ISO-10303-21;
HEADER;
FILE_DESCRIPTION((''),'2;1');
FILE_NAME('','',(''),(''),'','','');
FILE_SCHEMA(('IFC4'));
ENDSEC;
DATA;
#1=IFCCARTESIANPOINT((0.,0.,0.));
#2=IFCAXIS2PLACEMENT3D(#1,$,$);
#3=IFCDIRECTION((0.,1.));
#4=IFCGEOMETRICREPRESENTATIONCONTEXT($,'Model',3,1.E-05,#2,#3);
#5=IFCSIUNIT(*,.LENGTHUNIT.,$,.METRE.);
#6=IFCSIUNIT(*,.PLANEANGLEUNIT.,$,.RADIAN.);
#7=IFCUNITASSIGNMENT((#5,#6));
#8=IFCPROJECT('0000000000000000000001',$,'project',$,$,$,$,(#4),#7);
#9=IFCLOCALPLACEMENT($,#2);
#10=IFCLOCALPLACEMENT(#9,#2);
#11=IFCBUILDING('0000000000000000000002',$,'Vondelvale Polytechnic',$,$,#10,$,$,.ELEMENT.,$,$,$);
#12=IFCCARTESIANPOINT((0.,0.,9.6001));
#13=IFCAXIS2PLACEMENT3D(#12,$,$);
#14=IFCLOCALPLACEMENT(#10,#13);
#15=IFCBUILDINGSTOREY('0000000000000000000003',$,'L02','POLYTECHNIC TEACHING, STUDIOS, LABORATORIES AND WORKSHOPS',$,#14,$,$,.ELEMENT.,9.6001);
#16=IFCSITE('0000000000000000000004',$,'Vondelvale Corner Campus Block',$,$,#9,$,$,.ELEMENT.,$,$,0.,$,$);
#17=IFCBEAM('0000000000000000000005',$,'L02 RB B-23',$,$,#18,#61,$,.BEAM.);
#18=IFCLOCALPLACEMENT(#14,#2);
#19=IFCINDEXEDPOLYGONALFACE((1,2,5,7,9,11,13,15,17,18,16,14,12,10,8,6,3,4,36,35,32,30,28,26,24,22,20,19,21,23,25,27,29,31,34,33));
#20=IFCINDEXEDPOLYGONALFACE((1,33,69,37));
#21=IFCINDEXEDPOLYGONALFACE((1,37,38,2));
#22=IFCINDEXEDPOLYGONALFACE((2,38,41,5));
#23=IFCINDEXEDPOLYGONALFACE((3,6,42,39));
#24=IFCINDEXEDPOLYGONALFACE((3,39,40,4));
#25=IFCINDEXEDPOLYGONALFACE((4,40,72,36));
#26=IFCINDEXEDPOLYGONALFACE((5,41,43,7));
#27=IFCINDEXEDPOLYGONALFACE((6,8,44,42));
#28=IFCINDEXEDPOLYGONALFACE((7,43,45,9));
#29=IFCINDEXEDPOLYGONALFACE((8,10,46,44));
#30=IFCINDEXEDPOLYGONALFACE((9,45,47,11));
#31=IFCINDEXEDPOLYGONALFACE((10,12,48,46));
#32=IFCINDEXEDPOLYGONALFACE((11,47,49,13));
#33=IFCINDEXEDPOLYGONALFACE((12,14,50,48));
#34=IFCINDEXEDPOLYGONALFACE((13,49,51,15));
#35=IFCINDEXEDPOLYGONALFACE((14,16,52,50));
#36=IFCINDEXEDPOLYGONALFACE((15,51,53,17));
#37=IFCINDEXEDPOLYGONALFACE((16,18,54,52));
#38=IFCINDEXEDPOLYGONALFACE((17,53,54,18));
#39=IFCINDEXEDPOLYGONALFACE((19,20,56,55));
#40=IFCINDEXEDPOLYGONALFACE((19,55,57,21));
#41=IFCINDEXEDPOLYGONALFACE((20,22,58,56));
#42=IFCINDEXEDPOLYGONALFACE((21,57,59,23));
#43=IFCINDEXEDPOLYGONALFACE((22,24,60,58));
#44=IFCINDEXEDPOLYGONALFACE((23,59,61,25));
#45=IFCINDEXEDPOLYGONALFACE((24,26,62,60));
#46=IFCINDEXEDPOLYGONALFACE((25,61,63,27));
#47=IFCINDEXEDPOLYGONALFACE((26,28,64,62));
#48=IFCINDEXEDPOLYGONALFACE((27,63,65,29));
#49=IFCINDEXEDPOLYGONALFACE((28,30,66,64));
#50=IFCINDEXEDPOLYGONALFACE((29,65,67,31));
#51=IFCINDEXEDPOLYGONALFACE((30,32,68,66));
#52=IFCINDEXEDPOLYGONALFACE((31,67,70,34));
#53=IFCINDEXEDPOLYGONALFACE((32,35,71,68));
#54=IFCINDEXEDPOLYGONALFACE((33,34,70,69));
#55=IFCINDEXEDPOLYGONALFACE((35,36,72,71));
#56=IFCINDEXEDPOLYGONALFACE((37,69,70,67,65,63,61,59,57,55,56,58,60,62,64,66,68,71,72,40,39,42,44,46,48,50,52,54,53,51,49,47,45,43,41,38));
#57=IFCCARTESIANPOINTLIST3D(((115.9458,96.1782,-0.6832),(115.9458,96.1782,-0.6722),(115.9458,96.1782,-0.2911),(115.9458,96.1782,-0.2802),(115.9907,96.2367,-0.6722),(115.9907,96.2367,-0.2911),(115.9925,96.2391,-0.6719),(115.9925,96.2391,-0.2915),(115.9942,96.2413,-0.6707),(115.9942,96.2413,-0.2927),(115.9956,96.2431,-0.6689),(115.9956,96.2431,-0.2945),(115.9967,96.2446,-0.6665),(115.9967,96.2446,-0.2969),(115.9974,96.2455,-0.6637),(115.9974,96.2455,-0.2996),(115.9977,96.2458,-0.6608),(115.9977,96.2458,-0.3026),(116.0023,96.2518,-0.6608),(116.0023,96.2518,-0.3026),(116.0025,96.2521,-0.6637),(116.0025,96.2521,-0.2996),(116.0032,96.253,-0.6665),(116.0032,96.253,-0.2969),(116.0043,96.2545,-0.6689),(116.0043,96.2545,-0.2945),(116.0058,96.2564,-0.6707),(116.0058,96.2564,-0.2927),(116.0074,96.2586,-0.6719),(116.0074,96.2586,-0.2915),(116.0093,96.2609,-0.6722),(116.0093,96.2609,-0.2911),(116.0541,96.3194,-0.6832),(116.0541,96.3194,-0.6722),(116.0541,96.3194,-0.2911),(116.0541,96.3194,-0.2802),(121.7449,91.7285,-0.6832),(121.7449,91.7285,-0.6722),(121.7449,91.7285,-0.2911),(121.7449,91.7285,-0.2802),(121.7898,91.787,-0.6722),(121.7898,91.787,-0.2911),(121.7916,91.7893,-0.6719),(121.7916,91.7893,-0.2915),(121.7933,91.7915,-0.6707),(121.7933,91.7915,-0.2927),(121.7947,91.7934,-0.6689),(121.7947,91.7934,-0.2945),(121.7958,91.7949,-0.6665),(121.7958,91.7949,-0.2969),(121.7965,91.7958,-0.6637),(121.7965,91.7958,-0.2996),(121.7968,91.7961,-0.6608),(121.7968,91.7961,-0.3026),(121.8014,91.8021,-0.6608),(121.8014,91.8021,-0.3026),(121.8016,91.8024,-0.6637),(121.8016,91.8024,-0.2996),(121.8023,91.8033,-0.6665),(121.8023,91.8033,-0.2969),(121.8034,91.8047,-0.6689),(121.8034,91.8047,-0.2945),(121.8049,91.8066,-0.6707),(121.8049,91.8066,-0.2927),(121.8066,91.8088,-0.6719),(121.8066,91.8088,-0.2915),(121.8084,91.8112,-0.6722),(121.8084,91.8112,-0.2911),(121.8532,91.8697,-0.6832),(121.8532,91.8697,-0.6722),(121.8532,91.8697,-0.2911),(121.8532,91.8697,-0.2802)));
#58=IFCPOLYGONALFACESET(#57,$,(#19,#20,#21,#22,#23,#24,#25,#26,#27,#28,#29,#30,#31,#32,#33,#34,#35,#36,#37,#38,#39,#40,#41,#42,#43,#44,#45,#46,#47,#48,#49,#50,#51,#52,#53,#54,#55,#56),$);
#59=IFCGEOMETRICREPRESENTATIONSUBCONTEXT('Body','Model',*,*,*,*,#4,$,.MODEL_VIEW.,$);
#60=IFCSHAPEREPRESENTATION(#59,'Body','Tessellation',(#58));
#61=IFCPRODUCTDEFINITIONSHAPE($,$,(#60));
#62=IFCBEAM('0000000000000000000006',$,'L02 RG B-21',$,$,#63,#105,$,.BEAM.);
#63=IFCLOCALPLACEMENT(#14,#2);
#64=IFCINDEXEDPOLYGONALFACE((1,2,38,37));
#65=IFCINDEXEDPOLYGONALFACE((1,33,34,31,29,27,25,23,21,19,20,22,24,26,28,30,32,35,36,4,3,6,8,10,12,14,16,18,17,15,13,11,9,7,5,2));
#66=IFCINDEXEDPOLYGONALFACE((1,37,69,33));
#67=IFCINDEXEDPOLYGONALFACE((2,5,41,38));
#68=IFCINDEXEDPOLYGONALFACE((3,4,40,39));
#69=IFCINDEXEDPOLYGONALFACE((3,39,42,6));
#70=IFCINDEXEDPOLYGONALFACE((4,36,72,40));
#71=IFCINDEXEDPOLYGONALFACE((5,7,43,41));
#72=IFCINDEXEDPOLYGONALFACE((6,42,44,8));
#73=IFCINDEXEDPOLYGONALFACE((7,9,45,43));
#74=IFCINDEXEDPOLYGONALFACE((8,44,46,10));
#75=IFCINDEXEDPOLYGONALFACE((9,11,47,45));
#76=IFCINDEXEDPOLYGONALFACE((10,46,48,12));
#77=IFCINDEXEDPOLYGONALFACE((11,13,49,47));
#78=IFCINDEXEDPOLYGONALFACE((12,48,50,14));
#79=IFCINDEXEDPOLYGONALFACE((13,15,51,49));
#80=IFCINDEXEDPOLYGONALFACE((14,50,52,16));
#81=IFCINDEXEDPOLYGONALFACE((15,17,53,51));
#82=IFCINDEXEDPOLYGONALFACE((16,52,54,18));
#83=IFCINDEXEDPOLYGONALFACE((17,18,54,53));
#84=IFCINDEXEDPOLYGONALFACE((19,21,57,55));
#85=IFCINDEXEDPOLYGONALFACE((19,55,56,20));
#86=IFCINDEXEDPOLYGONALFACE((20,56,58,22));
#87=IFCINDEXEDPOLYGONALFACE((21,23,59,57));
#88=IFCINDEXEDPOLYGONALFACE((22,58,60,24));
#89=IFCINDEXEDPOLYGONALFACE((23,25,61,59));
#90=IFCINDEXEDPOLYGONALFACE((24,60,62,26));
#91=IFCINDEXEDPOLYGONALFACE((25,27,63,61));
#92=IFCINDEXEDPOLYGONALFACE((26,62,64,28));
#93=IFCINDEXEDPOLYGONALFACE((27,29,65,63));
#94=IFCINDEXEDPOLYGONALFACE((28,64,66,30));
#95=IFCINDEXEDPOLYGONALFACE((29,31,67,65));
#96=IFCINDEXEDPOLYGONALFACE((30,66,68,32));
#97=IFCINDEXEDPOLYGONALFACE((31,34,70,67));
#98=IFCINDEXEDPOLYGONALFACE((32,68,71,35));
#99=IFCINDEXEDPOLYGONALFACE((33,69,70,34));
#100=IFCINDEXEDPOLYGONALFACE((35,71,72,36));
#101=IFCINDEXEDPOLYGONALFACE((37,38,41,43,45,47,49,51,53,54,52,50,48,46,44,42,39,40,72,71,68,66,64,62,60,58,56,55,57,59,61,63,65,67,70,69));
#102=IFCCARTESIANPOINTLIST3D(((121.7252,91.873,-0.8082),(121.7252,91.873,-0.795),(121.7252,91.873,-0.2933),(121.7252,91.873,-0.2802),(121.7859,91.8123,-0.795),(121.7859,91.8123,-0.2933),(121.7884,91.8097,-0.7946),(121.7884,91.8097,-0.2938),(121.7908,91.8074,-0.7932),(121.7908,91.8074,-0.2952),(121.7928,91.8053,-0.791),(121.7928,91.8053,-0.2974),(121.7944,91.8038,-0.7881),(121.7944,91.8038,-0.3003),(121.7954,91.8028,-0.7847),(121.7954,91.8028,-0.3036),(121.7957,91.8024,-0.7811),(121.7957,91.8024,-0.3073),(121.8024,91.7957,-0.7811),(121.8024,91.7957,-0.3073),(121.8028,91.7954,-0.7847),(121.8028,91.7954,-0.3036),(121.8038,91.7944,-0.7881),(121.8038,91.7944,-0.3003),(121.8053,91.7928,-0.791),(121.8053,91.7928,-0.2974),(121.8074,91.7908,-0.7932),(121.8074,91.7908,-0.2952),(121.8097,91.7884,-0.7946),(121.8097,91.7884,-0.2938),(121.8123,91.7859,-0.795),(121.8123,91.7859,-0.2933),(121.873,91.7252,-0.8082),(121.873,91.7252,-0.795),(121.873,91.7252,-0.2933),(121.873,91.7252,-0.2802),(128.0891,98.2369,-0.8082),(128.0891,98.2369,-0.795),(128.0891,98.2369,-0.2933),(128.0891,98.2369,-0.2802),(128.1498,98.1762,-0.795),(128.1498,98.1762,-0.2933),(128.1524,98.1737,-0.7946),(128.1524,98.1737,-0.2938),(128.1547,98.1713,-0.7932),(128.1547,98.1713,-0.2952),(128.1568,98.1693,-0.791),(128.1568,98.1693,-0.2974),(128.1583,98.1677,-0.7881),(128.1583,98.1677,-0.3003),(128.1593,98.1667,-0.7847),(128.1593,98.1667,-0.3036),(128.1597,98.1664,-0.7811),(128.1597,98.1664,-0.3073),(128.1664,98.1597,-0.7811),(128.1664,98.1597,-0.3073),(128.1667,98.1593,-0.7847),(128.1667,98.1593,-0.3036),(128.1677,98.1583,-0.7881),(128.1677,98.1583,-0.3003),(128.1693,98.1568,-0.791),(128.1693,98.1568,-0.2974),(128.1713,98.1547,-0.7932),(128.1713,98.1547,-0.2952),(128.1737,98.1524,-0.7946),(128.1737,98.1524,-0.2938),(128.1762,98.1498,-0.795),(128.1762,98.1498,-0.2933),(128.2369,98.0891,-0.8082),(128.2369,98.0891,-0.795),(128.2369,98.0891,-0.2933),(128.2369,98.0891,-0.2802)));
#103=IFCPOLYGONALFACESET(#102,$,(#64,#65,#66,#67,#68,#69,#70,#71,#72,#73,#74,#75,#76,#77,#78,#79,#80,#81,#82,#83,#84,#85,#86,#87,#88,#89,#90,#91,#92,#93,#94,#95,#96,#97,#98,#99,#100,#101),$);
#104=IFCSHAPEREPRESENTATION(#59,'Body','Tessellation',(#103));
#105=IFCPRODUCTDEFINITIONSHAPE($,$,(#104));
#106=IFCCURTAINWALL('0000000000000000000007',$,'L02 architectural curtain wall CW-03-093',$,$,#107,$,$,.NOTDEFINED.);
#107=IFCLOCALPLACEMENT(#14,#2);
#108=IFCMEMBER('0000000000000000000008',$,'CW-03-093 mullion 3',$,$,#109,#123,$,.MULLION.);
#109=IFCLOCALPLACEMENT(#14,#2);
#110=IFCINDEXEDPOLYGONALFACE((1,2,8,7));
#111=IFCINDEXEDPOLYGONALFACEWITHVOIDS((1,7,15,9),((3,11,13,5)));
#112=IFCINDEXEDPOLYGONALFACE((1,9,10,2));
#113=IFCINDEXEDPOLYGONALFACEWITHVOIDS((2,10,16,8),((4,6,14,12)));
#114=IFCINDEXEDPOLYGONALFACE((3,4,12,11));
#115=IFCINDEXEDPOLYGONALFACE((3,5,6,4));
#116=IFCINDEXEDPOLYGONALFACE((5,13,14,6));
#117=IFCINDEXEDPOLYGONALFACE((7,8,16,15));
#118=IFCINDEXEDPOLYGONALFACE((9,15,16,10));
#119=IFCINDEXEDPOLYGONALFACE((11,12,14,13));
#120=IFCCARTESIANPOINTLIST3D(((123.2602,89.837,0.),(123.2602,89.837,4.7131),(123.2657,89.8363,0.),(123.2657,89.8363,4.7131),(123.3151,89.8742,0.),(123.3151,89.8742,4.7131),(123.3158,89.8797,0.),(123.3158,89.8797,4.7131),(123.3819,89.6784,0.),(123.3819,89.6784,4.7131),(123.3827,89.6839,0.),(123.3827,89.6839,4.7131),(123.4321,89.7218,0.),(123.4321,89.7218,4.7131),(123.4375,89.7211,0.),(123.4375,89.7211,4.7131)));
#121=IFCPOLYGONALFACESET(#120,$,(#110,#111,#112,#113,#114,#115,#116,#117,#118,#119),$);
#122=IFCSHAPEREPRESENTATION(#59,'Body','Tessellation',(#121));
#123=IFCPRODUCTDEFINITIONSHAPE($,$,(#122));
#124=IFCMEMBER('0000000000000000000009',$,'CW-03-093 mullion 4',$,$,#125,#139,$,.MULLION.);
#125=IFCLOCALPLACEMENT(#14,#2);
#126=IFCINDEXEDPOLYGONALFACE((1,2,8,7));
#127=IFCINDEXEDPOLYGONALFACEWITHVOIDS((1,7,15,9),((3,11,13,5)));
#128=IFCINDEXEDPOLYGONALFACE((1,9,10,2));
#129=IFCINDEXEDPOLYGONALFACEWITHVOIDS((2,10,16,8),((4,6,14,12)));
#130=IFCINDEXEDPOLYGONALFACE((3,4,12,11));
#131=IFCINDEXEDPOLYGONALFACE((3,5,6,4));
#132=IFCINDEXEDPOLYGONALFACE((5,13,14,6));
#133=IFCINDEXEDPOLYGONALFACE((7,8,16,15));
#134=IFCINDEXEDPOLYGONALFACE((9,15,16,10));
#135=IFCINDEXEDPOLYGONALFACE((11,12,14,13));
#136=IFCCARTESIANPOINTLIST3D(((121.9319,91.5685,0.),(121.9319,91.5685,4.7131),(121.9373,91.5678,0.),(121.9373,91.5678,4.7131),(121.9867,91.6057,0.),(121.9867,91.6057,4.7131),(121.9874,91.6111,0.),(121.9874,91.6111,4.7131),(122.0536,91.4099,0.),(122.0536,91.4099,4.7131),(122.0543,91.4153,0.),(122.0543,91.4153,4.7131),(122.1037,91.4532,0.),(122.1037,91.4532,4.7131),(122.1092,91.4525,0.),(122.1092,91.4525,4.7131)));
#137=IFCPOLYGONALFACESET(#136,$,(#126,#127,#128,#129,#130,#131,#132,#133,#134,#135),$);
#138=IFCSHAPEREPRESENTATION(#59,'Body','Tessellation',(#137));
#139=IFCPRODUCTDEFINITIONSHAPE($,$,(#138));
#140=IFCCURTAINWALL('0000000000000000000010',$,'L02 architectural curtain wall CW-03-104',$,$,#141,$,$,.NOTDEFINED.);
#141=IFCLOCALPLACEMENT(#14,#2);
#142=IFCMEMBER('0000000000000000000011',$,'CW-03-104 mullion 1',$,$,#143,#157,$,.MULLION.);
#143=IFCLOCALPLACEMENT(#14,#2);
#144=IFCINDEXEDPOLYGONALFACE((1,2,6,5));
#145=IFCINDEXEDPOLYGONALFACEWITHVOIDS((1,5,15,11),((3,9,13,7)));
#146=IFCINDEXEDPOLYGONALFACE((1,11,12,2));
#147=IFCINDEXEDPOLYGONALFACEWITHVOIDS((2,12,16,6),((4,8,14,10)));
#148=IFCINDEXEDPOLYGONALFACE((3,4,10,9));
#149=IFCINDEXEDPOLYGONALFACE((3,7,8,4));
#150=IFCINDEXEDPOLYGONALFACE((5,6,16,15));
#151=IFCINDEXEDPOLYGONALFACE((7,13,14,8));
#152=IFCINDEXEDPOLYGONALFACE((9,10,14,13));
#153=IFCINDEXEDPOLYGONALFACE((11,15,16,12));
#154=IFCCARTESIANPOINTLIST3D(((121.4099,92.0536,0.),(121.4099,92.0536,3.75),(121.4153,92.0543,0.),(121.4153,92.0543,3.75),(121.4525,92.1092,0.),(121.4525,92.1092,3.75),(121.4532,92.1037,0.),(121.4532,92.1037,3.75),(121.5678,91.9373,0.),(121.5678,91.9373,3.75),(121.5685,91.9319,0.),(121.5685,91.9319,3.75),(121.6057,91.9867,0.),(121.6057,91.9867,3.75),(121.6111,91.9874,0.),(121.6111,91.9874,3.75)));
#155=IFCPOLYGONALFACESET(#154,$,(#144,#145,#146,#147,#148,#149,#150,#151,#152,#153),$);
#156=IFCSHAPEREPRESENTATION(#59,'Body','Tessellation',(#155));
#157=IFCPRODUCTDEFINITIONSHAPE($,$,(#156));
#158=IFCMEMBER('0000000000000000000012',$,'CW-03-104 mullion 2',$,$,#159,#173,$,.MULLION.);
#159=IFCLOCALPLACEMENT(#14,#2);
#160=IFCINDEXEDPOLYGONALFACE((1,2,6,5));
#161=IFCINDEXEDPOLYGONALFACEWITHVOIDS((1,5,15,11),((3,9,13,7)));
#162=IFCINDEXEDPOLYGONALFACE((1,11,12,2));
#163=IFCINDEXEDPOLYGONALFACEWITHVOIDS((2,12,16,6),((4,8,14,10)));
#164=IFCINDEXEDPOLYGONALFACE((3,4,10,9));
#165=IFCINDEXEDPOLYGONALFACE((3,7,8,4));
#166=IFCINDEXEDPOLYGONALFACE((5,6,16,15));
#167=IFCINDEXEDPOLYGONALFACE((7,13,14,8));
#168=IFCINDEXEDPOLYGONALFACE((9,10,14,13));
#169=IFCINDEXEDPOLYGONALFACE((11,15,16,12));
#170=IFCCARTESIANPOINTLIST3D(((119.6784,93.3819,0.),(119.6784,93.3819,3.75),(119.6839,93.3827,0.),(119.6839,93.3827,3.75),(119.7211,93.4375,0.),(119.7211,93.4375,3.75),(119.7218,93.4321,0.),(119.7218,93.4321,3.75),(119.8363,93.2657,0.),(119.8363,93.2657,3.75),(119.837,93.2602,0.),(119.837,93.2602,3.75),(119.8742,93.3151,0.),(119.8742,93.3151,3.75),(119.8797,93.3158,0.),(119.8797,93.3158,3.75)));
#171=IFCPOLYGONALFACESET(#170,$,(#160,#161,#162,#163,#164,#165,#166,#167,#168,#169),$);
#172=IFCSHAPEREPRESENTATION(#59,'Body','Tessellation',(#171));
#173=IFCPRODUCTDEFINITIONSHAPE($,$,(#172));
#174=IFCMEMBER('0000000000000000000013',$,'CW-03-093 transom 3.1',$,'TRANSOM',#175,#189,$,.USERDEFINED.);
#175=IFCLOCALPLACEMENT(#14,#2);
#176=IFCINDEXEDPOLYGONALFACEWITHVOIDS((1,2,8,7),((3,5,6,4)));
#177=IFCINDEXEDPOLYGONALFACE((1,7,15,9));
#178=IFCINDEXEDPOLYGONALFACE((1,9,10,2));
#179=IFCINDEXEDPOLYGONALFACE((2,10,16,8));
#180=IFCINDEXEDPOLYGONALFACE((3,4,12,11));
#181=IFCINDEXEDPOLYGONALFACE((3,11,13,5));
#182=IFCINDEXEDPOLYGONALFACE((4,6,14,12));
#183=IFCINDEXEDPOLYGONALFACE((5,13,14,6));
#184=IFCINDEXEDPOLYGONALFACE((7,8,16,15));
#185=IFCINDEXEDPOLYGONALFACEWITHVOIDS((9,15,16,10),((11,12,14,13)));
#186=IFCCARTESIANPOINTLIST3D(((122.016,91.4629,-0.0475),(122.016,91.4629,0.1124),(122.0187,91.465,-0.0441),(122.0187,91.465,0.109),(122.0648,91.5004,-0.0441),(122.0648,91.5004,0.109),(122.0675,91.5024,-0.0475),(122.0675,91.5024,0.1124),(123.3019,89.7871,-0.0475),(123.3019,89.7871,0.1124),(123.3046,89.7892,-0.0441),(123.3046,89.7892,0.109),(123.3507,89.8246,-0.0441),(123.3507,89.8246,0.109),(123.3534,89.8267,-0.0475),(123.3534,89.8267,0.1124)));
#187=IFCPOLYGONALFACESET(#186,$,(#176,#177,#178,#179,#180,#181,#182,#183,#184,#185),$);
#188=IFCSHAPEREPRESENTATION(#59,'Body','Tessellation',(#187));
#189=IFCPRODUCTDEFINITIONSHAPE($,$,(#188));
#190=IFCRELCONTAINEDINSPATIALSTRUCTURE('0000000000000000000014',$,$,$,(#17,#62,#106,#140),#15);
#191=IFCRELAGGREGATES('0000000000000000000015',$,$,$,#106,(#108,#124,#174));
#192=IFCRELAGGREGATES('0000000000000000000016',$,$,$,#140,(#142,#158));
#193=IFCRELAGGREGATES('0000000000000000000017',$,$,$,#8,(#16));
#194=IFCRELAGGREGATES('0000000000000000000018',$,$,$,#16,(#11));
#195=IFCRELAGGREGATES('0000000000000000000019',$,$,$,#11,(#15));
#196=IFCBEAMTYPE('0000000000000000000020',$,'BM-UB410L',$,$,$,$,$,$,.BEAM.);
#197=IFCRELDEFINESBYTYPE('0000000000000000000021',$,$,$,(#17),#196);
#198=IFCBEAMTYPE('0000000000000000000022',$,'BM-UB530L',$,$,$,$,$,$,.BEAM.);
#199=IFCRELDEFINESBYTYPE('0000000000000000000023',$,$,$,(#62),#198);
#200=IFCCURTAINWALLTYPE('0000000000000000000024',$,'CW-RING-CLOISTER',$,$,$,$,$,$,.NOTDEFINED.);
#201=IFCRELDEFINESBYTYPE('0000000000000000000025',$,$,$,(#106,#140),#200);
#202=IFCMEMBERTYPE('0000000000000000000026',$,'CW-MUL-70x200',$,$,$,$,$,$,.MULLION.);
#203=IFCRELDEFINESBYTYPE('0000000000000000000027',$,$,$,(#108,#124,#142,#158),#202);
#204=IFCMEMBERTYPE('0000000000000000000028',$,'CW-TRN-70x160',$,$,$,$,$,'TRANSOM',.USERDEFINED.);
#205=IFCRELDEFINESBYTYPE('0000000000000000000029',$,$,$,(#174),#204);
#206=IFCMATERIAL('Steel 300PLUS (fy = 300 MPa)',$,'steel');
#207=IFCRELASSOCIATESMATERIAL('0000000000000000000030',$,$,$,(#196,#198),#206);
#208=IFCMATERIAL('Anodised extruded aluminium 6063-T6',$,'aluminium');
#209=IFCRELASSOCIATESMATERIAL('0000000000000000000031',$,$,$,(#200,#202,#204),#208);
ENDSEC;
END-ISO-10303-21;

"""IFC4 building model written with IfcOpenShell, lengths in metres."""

from ifc_helpers import new_model, si_unit, direction, frame, origin, origin_2d, place, context, subcontext, project, spatial, hollow_rectangle, i_section, extrude, material, material_profile, profile_set, type_object, element, aggregate, save


model = new_model("IFC4")

# Units and contexts
model_context = context("Model", 3, precision=1e-05, world=origin(), true_north=direction((0.0, 1.0)))
body_context = subcontext(model_context, "Body", "Model", "MODEL_VIEW")
ifc_project = project(units=[si_unit("LENGTHUNIT", "METRE"), si_unit("PLANEANGLEUNIT", "RADIAN")], contexts=[model_context])

# Site, building, storey
site_placement = place(None, origin())
site = spatial("IfcSite", under=ifc_project, at=site_placement, Name="Vondelvale Corner Campus Block", CompositionType="ELEMENT", RefElevation=0.0)
building_placement = place(site_placement, origin())
building = spatial("IfcBuilding", under=site, at=building_placement, Name="Vondelvale Polytechnic", CompositionType="ELEMENT")
storey_placement = place(building_placement, frame((0.0, 0.0, 9.6001)))
storey = spatial("IfcBuildingStorey", under=building, at=storey_placement, Name="L02", Description="POLYTECHNIC TEACHING, STUDIOS, LABORATORIES AND WORKSHOPS", CompositionType="ELEMENT", Elevation=9.6001)

# Beams
ifc_material_1 = material(Name="Steel 300PLUS (fy = 300 MPa)", Category="steel")
ifc_material_profile_1 = material_profile(ifc_material_1, i_section(OverallWidth=0.178, OverallDepth=0.4031, WebThickness=0.0076, FlangeThickness=0.011, FilletRadius=0.0115, at=origin_2d()), Name="410UB53.7")
ifc_profile_set_1 = profile_set([ifc_material_profile_1], Name="Steel 300PLUS (fy = 300 MPa)")
beam_type_1 = type_object("IfcBeamType", Name="BM-UB410L", PredefinedType="BEAM", material=ifc_profile_set_1)
beam_1_placement = place(storey_placement, frame((121.7991, 91.7991, -0.4817), z_axis=(-0.793358, 0.608755, 0.0), x_axis=(-0.608755, -0.793358, 0.0)))
element("IfcBeam", 1, at=beam_1_placement, inside=storey, type_object=beam_type_1, Name="L02 RB B-23", PredefinedType="BEAM", context=body_context, shape_type="SweptSolid", body=[
    extrude(i_section(OverallWidth=0.178, OverallDepth=0.4031, WebThickness=0.0076, FlangeThickness=0.011, FilletRadius=0.0115, at=origin_2d()), origin(), (0.0, 0.0, 1.0), 7.3096),
])
ifc_material_profile_2 = material_profile(ifc_material_1, i_section(OverallWidth=0.209, OverallDepth=0.5281, WebThickness=0.0095, FlangeThickness=0.0132, FilletRadius=0.0139, at=origin_2d()), Name="530UB82.0")
ifc_profile_set_2 = profile_set([ifc_material_profile_2], Name="Steel 300PLUS (fy = 300 MPa)")
beam_type_2 = type_object("IfcBeamType", Name="BM-UB530L", PredefinedType="BEAM", material=ifc_profile_set_2)
beam_2_placement = place(storey_placement, frame((121.7991, 91.7991, -0.5442), z_axis=(0.707107, 0.707107, 0.0), x_axis=(-0.707107, 0.707107, 0.0)))
element("IfcBeam", 2, at=beam_2_placement, inside=storey, type_object=beam_type_2, Name="L02 RG B-21", PredefinedType="BEAM", context=body_context, shape_type="SweptSolid", body=[
    extrude(i_section(OverallWidth=0.209, OverallDepth=0.5281, WebThickness=0.0095, FlangeThickness=0.0132, FilletRadius=0.0139, at=origin_2d()), origin(), (0.0, 0.0, 1.0), 9.0),
])

# Curtain walls, members
ifc_material_2 = material(Name="Anodised extruded aluminium 6063-T6", Category="aluminium")
curtain_wall_type = type_object("IfcCurtainWallType", Name="CW-RING-CLOISTER", PredefinedType="NOTDEFINED", material=ifc_material_2)
curtain_wall_1_placement = place(storey_placement, origin())
curtain_wall_1 = element("IfcCurtainWall", 3, at=curtain_wall_1_placement, inside=storey, type_object=curtain_wall_type, Name="L02 architectural curtain wall CW-03-093", PredefinedType="NOTDEFINED")
ifc_material_profile_3 = material_profile(ifc_material_2, hollow_rectangle(XDim=0.0701, YDim=0.2, WallThickness=0.0039, at=origin_2d()), Name="CW-MUL-200x70")
ifc_profile_set_3 = profile_set([ifc_material_profile_3], Name="Anodised extruded aluminium 6063-T6")
member_type_1 = type_object("IfcMemberType", Name="CW-MUL-70x200", PredefinedType="MULLION", material=ifc_profile_set_3)
member_1_placement = place(storey_placement, frame((123.3489, 89.7791, 0.0), z_axis=(0.0, 0.0, 1.0), x_axis=(-0.793364, -0.608748, 0.0)))
member_1 = element("IfcMember", 4, at=member_1_placement, type_object=member_type_1, Name="CW-03-093 mullion 3", PredefinedType="MULLION", context=body_context, shape_type="SweptSolid", body=[
    extrude(hollow_rectangle(XDim=0.0701, YDim=0.2, WallThickness=0.0039, at=origin_2d()), origin(), (0.0, 0.0, 1.0), 4.7131),
])
member_2_placement = place(storey_placement, frame((122.0205, 91.5105, 0.0), z_axis=(0.0, 0.0, 1.0), x_axis=(-0.793364, -0.608748, 0.0)))
member_2 = element("IfcMember", 5, at=member_2_placement, type_object=member_type_1, Name="CW-03-093 mullion 4", PredefinedType="MULLION", context=body_context, shape_type="SweptSolid", body=[
    extrude(hollow_rectangle(XDim=0.0701, YDim=0.2, WallThickness=0.0039, at=origin_2d()), origin(), (0.0, 0.0, 1.0), 4.7131),
])
curtain_wall_2_placement = place(storey_placement, origin())
curtain_wall_2 = element("IfcCurtainWall", 6, at=curtain_wall_2_placement, inside=storey, type_object=curtain_wall_type, Name="L02 architectural curtain wall CW-03-104", PredefinedType="NOTDEFINED")
member_3_placement = place(storey_placement, frame((121.5105, 92.0205, 0.0), z_axis=(0.0, 0.0, 1.0), x_axis=(-0.608748, -0.793364, 0.0)))
member_3 = element("IfcMember", 7, at=member_3_placement, type_object=member_type_1, Name="CW-03-104 mullion 1", PredefinedType="MULLION", context=body_context, shape_type="SweptSolid", body=[
    extrude(hollow_rectangle(XDim=0.0701, YDim=0.2, WallThickness=0.0039, at=origin_2d()), origin(), (0.0, 0.0, 1.0), 3.75),
])
member_4_placement = place(storey_placement, frame((119.7791, 93.3489, 0.0), z_axis=(0.0, 0.0, 1.0), x_axis=(-0.608748, -0.793364, 0.0)))
member_4 = element("IfcMember", 8, at=member_4_placement, type_object=member_type_1, Name="CW-03-104 mullion 2", PredefinedType="MULLION", context=body_context, shape_type="SweptSolid", body=[
    extrude(hollow_rectangle(XDim=0.0701, YDim=0.2, WallThickness=0.0039, at=origin_2d()), origin(), (0.0, 0.0, 1.0), 3.75),
])

# Member
ifc_material_profile_4 = material_profile(ifc_material_2, hollow_rectangle(XDim=0.0649, YDim=0.1599, WallThickness=0.0034, at=origin_2d()), Name="CW-TRN-160x65")
ifc_profile_set_4 = profile_set([ifc_material_profile_4], Name="Anodised extruded aluminium 6063-T6")
member_type_2 = type_object("IfcMemberType", Name="CW-TRN-70x160", ElementType="TRANSOM", PredefinedType="USERDEFINED", material=ifc_profile_set_4)
member_5_placement = place(storey_placement, frame((123.3276, 89.8069, 0.0325), z_axis=(-0.608766, 0.79335, 0.0), x_axis=(-0.79335, -0.608766, 0.0)))
member_5 = element("IfcMember", 9, at=member_5_placement, type_object=member_type_2, Name="CW-03-093 transom 3.1", ObjectType="TRANSOM", PredefinedType="USERDEFINED", context=body_context, shape_type="SweptSolid", body=[
    extrude(hollow_rectangle(XDim=0.0649, YDim=0.1599, WallThickness=0.0034, at=origin_2d()), origin(), (0.0, 0.0, 1.0), 2.1123),
])

aggregate(curtain_wall_1, [member_1, member_2, member_5])
aggregate(curtain_wall_2, [member_3, member_4])

save(model, "model.ifc")
